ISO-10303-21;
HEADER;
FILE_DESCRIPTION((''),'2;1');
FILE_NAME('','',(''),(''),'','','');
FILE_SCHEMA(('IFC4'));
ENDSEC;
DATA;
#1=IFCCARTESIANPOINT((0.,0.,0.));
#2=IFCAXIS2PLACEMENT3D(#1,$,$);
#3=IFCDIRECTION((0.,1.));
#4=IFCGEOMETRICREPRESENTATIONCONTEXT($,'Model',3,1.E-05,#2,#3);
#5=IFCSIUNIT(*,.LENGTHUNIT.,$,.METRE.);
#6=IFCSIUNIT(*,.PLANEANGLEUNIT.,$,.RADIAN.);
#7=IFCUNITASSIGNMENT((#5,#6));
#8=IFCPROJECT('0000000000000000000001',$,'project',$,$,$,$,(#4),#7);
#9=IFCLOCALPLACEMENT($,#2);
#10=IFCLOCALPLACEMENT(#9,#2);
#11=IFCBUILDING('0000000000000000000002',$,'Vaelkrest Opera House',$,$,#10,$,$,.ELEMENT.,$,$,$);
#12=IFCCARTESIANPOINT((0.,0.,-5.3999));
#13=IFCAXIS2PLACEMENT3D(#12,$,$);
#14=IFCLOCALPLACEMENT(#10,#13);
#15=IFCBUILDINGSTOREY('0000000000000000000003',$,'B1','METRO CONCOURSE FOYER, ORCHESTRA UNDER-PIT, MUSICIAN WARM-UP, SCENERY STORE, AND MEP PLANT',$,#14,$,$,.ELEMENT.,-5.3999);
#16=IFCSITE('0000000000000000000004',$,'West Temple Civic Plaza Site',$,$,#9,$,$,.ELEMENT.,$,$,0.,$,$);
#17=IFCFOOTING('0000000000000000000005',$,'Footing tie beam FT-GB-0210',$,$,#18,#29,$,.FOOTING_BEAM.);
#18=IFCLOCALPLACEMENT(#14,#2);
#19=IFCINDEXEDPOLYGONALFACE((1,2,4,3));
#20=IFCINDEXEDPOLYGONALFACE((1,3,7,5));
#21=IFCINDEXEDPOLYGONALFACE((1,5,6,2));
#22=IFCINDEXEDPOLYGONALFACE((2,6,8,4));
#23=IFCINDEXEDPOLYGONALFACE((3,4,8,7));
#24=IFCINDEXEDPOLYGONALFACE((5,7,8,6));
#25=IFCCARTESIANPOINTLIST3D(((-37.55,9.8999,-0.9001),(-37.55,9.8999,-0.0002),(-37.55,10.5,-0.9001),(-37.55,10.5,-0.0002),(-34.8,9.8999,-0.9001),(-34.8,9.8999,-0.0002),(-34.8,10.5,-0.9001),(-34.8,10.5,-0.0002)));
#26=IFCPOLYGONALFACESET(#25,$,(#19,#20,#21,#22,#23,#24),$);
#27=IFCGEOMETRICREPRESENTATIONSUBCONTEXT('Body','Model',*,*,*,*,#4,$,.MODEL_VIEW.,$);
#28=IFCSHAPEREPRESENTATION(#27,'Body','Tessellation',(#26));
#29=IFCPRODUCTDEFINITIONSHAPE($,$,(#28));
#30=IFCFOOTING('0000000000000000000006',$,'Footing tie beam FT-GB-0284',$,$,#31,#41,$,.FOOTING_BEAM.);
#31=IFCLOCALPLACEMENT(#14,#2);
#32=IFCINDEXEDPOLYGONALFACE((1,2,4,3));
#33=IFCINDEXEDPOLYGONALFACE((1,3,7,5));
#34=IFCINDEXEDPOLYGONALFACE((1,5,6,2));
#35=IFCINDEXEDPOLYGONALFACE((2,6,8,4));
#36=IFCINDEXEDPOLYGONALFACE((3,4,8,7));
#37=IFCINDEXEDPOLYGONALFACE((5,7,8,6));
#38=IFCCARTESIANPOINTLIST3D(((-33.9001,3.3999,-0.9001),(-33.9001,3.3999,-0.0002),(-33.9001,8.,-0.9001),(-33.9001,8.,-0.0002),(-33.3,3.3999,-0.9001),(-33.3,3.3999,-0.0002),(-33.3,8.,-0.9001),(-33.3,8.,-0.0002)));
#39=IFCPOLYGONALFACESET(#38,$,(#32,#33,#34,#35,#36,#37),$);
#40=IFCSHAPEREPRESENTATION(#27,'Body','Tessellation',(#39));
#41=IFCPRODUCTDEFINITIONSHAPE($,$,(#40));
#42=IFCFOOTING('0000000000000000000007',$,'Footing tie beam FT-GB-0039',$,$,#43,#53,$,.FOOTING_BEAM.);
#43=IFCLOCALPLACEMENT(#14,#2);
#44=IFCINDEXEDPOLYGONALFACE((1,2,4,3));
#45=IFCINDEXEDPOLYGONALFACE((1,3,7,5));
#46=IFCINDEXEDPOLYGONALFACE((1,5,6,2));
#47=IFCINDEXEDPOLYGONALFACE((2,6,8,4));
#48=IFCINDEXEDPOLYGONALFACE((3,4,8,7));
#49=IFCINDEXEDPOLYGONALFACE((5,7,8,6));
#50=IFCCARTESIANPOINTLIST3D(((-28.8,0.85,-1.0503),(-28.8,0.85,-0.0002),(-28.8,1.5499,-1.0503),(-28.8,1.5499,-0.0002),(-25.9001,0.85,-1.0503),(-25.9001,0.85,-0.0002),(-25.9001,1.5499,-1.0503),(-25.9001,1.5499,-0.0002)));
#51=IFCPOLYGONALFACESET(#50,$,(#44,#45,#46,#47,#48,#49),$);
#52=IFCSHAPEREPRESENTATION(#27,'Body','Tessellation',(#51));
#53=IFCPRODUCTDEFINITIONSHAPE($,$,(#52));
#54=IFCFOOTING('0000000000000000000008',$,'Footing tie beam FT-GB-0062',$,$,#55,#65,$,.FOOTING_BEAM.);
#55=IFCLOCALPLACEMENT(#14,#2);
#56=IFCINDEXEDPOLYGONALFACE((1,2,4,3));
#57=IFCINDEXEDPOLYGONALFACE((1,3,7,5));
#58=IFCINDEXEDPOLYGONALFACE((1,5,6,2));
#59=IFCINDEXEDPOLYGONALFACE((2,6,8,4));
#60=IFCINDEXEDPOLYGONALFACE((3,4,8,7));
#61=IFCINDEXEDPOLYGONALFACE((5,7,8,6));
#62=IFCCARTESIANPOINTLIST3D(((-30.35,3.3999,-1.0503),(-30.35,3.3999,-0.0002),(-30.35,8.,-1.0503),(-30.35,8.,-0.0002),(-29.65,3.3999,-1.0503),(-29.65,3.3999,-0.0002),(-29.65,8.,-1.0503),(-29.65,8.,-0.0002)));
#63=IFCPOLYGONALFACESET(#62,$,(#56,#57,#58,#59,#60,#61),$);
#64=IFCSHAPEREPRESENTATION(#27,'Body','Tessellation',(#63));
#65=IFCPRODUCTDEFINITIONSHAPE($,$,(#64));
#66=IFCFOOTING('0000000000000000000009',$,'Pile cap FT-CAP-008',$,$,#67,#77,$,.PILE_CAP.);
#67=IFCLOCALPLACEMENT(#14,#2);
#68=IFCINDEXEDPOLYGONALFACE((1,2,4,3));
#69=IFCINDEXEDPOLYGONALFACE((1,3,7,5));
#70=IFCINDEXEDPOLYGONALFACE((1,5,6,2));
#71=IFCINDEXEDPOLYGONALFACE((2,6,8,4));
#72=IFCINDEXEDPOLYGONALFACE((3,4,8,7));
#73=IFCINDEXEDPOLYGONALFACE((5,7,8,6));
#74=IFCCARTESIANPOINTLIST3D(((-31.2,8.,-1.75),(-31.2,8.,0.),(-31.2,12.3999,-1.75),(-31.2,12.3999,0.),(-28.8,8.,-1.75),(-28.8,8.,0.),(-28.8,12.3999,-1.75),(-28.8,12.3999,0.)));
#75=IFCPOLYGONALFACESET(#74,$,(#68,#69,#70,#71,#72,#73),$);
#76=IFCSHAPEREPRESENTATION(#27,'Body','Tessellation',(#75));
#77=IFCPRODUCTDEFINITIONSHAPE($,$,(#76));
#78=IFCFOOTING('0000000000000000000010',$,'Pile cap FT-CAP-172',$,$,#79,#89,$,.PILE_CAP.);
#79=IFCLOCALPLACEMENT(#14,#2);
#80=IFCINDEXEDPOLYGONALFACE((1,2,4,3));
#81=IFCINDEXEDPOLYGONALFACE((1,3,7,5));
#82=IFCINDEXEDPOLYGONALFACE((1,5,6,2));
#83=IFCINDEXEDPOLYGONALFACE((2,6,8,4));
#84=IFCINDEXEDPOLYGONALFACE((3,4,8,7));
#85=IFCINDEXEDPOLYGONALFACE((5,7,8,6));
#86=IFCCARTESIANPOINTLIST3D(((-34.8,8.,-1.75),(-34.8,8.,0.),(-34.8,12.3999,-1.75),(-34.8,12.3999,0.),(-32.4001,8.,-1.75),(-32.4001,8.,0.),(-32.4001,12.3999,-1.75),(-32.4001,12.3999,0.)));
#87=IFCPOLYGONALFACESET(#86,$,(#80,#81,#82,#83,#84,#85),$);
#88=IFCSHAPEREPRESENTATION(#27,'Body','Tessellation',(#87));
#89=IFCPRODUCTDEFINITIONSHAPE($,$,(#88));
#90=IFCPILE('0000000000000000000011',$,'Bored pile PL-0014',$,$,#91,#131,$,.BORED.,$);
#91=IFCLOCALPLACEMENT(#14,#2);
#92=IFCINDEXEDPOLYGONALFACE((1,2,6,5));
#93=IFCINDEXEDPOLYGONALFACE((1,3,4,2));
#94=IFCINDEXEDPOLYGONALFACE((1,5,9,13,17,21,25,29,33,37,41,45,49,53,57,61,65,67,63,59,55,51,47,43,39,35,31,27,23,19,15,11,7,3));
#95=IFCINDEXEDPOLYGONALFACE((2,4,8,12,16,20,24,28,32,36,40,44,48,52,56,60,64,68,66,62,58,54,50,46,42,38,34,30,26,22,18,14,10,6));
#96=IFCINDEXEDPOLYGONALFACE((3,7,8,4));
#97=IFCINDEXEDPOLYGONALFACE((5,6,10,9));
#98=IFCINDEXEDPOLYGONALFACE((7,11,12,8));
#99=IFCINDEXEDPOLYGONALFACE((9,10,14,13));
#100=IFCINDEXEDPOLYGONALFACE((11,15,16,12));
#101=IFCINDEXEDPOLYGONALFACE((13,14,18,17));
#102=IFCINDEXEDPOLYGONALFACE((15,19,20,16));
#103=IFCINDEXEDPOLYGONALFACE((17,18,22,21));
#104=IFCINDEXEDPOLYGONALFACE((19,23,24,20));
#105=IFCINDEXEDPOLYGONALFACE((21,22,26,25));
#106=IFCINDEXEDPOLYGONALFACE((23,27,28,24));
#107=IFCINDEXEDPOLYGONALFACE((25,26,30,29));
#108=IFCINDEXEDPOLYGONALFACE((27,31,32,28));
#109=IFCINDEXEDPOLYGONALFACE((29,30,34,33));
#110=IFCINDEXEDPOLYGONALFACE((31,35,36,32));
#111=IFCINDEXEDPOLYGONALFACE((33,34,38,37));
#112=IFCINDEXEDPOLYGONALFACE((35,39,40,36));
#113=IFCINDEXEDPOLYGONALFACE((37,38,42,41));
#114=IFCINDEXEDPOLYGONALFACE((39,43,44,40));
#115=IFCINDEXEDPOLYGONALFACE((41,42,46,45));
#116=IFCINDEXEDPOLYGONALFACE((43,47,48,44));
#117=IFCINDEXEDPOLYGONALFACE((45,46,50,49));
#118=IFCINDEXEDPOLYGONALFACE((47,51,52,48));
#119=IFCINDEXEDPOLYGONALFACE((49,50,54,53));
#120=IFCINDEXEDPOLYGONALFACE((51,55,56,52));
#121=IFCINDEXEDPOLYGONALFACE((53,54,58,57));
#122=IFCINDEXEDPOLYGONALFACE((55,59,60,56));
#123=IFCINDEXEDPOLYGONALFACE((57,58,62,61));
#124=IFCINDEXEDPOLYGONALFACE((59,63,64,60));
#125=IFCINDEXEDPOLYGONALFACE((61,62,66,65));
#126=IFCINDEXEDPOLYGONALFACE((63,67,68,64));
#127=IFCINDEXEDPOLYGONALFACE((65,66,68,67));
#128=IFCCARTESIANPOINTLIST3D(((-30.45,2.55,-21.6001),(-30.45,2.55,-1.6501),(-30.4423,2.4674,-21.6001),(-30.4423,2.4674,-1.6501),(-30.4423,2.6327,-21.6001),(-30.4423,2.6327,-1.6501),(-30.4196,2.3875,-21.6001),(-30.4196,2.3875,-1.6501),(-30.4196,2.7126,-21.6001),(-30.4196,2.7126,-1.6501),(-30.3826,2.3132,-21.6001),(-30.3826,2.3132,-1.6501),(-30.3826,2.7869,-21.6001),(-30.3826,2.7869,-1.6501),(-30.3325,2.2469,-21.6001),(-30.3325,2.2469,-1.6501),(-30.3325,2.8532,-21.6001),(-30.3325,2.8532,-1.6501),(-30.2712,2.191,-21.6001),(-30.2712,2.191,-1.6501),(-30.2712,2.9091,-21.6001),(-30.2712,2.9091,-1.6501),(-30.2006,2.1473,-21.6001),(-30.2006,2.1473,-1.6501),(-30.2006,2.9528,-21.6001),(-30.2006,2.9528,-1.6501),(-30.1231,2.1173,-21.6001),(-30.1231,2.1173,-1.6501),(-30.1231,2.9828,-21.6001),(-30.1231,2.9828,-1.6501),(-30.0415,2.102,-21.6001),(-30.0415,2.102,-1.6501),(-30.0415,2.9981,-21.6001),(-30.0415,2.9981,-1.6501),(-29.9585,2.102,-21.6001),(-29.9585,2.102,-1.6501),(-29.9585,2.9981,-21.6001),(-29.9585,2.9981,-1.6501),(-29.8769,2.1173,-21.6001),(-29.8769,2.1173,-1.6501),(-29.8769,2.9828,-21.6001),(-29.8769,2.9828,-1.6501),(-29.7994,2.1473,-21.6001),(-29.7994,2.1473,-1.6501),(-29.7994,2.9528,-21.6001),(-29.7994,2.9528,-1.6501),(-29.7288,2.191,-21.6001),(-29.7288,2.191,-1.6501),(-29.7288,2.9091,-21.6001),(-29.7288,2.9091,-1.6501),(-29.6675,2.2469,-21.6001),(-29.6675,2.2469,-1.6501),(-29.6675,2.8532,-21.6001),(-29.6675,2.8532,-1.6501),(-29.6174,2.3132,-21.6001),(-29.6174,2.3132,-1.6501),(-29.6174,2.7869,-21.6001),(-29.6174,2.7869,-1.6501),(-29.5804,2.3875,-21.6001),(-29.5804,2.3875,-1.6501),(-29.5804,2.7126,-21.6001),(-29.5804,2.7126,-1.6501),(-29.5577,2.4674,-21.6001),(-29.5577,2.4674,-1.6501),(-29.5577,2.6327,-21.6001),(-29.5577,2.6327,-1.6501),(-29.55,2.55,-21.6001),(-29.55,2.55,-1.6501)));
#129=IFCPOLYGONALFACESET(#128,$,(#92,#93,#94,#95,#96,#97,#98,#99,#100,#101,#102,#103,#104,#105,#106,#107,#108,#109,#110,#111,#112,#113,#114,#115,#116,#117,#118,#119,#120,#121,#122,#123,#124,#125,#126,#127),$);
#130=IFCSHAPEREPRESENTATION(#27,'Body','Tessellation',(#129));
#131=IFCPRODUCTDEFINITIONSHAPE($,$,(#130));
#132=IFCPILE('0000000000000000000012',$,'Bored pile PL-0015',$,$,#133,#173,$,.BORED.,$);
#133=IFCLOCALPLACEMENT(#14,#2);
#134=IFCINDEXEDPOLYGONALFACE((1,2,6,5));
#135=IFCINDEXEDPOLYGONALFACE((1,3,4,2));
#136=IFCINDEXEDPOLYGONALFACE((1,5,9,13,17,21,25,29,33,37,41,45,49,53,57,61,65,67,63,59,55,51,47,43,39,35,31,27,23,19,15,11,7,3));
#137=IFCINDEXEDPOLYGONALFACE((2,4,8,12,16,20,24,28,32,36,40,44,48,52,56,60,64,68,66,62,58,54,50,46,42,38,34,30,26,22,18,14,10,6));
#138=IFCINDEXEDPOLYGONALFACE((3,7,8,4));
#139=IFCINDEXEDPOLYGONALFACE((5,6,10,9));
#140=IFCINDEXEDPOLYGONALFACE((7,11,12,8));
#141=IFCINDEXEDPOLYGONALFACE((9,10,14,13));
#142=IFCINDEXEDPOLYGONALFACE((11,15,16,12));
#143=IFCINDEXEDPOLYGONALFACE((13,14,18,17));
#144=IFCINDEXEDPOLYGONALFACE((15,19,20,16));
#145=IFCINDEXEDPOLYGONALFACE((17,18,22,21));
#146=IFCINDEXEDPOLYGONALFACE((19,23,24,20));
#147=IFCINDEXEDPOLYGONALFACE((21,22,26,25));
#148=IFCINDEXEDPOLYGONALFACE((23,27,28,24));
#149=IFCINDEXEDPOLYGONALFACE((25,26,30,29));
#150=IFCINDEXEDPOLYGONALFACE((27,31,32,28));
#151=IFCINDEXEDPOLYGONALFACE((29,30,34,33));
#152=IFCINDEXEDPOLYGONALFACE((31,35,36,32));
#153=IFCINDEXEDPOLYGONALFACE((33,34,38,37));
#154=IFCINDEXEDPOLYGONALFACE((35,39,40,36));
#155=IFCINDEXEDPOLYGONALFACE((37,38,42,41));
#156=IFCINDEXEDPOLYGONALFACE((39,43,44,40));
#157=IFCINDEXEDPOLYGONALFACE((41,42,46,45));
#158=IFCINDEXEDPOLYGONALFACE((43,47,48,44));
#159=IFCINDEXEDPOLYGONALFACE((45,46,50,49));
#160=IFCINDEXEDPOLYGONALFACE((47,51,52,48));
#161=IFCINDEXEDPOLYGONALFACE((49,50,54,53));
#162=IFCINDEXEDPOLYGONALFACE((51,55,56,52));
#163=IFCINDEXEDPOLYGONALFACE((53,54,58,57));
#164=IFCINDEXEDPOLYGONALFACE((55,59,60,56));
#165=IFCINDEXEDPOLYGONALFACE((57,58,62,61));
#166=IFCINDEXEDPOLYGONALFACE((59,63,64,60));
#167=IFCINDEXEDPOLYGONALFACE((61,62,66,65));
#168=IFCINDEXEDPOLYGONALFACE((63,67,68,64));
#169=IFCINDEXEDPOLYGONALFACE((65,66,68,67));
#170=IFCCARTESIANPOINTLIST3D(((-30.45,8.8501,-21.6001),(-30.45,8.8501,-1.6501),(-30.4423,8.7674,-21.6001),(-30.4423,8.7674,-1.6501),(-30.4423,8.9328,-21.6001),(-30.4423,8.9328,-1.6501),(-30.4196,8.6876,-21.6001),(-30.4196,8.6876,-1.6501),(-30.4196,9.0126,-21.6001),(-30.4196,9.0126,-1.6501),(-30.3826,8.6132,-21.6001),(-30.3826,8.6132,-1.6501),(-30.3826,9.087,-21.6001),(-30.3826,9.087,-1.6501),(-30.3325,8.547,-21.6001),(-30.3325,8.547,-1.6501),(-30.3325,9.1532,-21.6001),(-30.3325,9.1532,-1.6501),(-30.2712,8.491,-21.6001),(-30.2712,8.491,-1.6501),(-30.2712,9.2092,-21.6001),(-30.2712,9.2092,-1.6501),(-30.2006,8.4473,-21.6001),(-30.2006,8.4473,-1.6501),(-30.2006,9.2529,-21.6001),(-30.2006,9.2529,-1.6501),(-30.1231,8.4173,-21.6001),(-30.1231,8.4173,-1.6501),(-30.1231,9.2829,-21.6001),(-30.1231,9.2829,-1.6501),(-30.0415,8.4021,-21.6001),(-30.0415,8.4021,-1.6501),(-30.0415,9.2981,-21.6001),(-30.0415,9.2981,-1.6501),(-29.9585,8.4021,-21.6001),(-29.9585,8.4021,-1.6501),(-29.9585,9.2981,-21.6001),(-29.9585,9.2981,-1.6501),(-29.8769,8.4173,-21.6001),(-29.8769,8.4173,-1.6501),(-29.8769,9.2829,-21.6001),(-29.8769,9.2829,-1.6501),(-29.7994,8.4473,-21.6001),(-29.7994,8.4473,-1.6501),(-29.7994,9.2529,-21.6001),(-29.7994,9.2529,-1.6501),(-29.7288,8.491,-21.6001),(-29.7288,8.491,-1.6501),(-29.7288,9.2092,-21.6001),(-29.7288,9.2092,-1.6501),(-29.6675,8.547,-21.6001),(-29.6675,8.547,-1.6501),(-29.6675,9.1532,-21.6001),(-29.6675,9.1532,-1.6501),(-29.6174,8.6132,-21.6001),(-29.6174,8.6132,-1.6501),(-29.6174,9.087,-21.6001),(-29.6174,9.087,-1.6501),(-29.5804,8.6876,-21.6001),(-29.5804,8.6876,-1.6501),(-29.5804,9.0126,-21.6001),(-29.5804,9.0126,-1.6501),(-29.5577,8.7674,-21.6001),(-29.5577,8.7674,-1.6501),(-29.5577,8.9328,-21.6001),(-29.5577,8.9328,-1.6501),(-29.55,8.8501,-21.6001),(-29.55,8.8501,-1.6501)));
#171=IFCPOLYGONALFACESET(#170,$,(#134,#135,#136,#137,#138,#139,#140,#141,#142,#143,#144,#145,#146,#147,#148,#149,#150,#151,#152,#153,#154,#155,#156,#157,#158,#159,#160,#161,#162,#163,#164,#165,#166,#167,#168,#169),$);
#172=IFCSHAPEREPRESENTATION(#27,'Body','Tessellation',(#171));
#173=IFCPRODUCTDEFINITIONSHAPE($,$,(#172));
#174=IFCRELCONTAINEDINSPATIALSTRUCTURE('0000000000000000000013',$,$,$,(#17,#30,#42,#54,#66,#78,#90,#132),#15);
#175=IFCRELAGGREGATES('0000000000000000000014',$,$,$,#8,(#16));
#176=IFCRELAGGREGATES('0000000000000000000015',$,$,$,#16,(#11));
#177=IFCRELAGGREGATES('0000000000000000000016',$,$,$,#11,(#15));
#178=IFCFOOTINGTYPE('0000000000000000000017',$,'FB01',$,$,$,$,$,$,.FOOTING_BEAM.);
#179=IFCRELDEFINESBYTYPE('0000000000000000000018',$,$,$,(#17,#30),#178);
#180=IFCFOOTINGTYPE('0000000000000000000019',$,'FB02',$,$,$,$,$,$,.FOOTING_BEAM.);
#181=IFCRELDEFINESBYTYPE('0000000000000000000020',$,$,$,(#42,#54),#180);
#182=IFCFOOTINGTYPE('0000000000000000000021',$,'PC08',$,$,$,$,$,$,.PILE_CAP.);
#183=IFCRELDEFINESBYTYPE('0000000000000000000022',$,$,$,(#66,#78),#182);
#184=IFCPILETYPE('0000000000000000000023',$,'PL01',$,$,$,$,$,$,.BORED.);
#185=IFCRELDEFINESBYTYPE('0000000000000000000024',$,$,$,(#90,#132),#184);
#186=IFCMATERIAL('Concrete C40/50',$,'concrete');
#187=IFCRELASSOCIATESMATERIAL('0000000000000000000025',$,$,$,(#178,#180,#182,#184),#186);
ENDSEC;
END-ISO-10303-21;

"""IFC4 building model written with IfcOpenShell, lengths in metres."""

from ifc_helpers import new_model, si_unit, direction, frame, origin, origin_2d, place, context, subcontext, project, spatial, rectangle, circle, extrude, material, material_profile, profile_set, type_object, element, save


model = new_model("IFC4")

# Units and contexts
model_context = context("Model", 3, precision=1e-05, world=origin(), true_north=direction((0.0, 1.0)))
body_context = subcontext(model_context, "Body", "Model", "MODEL_VIEW")
ifc_project = project(units=[si_unit("LENGTHUNIT", "METRE"), si_unit("PLANEANGLEUNIT", "RADIAN")], contexts=[model_context])

# Site, building, storey
site_placement = place(None, origin())
site = spatial("IfcSite", under=ifc_project, at=site_placement, Name="West Temple Civic Plaza Site", CompositionType="ELEMENT", RefElevation=0.0)
building_placement = place(site_placement, origin())
building = spatial("IfcBuilding", under=site, at=building_placement, Name="Vaelkrest Opera House", CompositionType="ELEMENT")
storey_placement = place(building_placement, frame((0.0, 0.0, -5.3999)))
storey = spatial("IfcBuildingStorey", under=building, at=storey_placement, Name="B1", Description="METRO CONCOURSE FOYER, ORCHESTRA UNDER-PIT, MUSICIAN WARM-UP, SCENERY STORE, AND MEP PLANT", CompositionType="ELEMENT", Elevation=-5.3999)

# Footings
ifc_material_1 = material(Name="Concrete C40/50", Category="concrete")
footing_type_1 = type_object("IfcFootingType", Name="FB01", PredefinedType="FOOTING_BEAM", material=ifc_material_1)
footing_1_placement = place(storey_placement, frame((-36.175, 10.2, -0.9001), z_axis=(0.0, 0.0, 1.0), x_axis=(1.0, 0.0, 0.0)))
element("IfcFooting", 1, at=footing_1_placement, inside=storey, type_object=footing_type_1, Name="Footing tie beam FT-GB-0210", PredefinedType="FOOTING_BEAM", context=body_context, shape_type="SweptSolid", body=[
    extrude(rectangle(XDim=2.75, YDim=0.6001, at=origin_2d()), origin(), (0.0, 0.0, 1.0), 0.8999),
])
footing_2_placement = place(storey_placement, frame((-33.6001, 5.7, -0.9001), z_axis=(0.0, 0.0, 1.0), x_axis=(0.0, 1.0, 0.0)))
element("IfcFooting", 2, at=footing_2_placement, inside=storey, type_object=footing_type_1, Name="Footing tie beam FT-GB-0284", PredefinedType="FOOTING_BEAM", context=body_context, shape_type="SweptSolid", body=[
    extrude(rectangle(XDim=4.6001, YDim=0.6001, at=origin_2d()), origin(), (0.0, 0.0, 1.0), 0.8999),
])
footing_type_2 = type_object("IfcFootingType", Name="FB02", PredefinedType="FOOTING_BEAM", material=ifc_material_1)
footing_3_placement = place(storey_placement, frame((-27.3501, 1.2, -1.0503), z_axis=(0.0, 0.0, 1.0), x_axis=(1.0, 0.0, 0.0)))
element("IfcFooting", 3, at=footing_3_placement, inside=storey, type_object=footing_type_2, Name="Footing tie beam FT-GB-0039", PredefinedType="FOOTING_BEAM", context=body_context, shape_type="SweptSolid", body=[
    extrude(rectangle(XDim=2.8999, YDim=0.7, at=origin_2d()), origin(), (0.0, 0.0, 1.0), 1.05),
])
footing_4_placement = place(storey_placement, frame((-30.0, 5.7, -1.0503), z_axis=(0.0, 0.0, 1.0), x_axis=(0.0, 1.0, 0.0)))
element("IfcFooting", 4, at=footing_4_placement, inside=storey, type_object=footing_type_2, Name="Footing tie beam FT-GB-0062", PredefinedType="FOOTING_BEAM", context=body_context, shape_type="SweptSolid", body=[
    extrude(rectangle(XDim=4.6001, YDim=0.7, at=origin_2d()), origin(), (0.0, 0.0, 1.0), 1.05),
])
footing_type_3 = type_object("IfcFootingType", Name="PC08", PredefinedType="PILE_CAP", material=ifc_material_1)
for number, where, z_axis, x_axis, name in (
    (5, (-30.0, 10.2, -1.75), (0.0, 0.0, 1.0), (1.0, 0.0, 0.0), "Pile cap FT-CAP-008"),
    (6, (-33.6001, 10.2, -1.75), (0.0, 0.0, 1.0), (1.0, 0.0, 0.0), "Pile cap FT-CAP-172"),
):
    element("IfcFooting", number, at=place(storey_placement, frame(where, z_axis=z_axis, x_axis=x_axis)), inside=storey, type_object=footing_type_3, Name=name, PredefinedType="PILE_CAP", context=body_context, shape_type="SweptSolid", body=[
        extrude(rectangle(XDim=2.3999, YDim=4.3999, at=origin_2d()), origin(), (0.0, 0.0, 1.0), 1.75),
    ])

# Piles
ifc_material_profile_1 = material_profile(ifc_material_1, circle(Radius=0.45, at=origin_2d()), Name="PILE900")
ifc_profile_set_1 = profile_set([ifc_material_profile_1], Name="Concrete C40/50")
pile_type_1 = type_object("IfcPileType", Name="PL01", PredefinedType="BORED", material=ifc_profile_set_1)
for number, where, z_axis, x_axis, name in (
    (7, (-30.0, 2.55, -1.6501), (0.0, 0.0, -1.0), (1.0, 0.0, 0.0), "Bored pile PL-0014"),
    (8, (-30.0, 8.8501, -1.6501), (0.0, 0.0, -1.0), (1.0, 0.0, 0.0), "Bored pile PL-0015"),
):
    element("IfcPile", number, at=place(storey_placement, frame(where, z_axis=z_axis, x_axis=x_axis)), inside=storey, type_object=pile_type_1, Name=name, PredefinedType="BORED", context=body_context, shape_type="SweptSolid", body=[
        extrude(circle(Radius=0.45, at=origin_2d()), origin(), (0.0, 0.0, 1.0), 19.95),
    ])

save(model, "model.ifc")
